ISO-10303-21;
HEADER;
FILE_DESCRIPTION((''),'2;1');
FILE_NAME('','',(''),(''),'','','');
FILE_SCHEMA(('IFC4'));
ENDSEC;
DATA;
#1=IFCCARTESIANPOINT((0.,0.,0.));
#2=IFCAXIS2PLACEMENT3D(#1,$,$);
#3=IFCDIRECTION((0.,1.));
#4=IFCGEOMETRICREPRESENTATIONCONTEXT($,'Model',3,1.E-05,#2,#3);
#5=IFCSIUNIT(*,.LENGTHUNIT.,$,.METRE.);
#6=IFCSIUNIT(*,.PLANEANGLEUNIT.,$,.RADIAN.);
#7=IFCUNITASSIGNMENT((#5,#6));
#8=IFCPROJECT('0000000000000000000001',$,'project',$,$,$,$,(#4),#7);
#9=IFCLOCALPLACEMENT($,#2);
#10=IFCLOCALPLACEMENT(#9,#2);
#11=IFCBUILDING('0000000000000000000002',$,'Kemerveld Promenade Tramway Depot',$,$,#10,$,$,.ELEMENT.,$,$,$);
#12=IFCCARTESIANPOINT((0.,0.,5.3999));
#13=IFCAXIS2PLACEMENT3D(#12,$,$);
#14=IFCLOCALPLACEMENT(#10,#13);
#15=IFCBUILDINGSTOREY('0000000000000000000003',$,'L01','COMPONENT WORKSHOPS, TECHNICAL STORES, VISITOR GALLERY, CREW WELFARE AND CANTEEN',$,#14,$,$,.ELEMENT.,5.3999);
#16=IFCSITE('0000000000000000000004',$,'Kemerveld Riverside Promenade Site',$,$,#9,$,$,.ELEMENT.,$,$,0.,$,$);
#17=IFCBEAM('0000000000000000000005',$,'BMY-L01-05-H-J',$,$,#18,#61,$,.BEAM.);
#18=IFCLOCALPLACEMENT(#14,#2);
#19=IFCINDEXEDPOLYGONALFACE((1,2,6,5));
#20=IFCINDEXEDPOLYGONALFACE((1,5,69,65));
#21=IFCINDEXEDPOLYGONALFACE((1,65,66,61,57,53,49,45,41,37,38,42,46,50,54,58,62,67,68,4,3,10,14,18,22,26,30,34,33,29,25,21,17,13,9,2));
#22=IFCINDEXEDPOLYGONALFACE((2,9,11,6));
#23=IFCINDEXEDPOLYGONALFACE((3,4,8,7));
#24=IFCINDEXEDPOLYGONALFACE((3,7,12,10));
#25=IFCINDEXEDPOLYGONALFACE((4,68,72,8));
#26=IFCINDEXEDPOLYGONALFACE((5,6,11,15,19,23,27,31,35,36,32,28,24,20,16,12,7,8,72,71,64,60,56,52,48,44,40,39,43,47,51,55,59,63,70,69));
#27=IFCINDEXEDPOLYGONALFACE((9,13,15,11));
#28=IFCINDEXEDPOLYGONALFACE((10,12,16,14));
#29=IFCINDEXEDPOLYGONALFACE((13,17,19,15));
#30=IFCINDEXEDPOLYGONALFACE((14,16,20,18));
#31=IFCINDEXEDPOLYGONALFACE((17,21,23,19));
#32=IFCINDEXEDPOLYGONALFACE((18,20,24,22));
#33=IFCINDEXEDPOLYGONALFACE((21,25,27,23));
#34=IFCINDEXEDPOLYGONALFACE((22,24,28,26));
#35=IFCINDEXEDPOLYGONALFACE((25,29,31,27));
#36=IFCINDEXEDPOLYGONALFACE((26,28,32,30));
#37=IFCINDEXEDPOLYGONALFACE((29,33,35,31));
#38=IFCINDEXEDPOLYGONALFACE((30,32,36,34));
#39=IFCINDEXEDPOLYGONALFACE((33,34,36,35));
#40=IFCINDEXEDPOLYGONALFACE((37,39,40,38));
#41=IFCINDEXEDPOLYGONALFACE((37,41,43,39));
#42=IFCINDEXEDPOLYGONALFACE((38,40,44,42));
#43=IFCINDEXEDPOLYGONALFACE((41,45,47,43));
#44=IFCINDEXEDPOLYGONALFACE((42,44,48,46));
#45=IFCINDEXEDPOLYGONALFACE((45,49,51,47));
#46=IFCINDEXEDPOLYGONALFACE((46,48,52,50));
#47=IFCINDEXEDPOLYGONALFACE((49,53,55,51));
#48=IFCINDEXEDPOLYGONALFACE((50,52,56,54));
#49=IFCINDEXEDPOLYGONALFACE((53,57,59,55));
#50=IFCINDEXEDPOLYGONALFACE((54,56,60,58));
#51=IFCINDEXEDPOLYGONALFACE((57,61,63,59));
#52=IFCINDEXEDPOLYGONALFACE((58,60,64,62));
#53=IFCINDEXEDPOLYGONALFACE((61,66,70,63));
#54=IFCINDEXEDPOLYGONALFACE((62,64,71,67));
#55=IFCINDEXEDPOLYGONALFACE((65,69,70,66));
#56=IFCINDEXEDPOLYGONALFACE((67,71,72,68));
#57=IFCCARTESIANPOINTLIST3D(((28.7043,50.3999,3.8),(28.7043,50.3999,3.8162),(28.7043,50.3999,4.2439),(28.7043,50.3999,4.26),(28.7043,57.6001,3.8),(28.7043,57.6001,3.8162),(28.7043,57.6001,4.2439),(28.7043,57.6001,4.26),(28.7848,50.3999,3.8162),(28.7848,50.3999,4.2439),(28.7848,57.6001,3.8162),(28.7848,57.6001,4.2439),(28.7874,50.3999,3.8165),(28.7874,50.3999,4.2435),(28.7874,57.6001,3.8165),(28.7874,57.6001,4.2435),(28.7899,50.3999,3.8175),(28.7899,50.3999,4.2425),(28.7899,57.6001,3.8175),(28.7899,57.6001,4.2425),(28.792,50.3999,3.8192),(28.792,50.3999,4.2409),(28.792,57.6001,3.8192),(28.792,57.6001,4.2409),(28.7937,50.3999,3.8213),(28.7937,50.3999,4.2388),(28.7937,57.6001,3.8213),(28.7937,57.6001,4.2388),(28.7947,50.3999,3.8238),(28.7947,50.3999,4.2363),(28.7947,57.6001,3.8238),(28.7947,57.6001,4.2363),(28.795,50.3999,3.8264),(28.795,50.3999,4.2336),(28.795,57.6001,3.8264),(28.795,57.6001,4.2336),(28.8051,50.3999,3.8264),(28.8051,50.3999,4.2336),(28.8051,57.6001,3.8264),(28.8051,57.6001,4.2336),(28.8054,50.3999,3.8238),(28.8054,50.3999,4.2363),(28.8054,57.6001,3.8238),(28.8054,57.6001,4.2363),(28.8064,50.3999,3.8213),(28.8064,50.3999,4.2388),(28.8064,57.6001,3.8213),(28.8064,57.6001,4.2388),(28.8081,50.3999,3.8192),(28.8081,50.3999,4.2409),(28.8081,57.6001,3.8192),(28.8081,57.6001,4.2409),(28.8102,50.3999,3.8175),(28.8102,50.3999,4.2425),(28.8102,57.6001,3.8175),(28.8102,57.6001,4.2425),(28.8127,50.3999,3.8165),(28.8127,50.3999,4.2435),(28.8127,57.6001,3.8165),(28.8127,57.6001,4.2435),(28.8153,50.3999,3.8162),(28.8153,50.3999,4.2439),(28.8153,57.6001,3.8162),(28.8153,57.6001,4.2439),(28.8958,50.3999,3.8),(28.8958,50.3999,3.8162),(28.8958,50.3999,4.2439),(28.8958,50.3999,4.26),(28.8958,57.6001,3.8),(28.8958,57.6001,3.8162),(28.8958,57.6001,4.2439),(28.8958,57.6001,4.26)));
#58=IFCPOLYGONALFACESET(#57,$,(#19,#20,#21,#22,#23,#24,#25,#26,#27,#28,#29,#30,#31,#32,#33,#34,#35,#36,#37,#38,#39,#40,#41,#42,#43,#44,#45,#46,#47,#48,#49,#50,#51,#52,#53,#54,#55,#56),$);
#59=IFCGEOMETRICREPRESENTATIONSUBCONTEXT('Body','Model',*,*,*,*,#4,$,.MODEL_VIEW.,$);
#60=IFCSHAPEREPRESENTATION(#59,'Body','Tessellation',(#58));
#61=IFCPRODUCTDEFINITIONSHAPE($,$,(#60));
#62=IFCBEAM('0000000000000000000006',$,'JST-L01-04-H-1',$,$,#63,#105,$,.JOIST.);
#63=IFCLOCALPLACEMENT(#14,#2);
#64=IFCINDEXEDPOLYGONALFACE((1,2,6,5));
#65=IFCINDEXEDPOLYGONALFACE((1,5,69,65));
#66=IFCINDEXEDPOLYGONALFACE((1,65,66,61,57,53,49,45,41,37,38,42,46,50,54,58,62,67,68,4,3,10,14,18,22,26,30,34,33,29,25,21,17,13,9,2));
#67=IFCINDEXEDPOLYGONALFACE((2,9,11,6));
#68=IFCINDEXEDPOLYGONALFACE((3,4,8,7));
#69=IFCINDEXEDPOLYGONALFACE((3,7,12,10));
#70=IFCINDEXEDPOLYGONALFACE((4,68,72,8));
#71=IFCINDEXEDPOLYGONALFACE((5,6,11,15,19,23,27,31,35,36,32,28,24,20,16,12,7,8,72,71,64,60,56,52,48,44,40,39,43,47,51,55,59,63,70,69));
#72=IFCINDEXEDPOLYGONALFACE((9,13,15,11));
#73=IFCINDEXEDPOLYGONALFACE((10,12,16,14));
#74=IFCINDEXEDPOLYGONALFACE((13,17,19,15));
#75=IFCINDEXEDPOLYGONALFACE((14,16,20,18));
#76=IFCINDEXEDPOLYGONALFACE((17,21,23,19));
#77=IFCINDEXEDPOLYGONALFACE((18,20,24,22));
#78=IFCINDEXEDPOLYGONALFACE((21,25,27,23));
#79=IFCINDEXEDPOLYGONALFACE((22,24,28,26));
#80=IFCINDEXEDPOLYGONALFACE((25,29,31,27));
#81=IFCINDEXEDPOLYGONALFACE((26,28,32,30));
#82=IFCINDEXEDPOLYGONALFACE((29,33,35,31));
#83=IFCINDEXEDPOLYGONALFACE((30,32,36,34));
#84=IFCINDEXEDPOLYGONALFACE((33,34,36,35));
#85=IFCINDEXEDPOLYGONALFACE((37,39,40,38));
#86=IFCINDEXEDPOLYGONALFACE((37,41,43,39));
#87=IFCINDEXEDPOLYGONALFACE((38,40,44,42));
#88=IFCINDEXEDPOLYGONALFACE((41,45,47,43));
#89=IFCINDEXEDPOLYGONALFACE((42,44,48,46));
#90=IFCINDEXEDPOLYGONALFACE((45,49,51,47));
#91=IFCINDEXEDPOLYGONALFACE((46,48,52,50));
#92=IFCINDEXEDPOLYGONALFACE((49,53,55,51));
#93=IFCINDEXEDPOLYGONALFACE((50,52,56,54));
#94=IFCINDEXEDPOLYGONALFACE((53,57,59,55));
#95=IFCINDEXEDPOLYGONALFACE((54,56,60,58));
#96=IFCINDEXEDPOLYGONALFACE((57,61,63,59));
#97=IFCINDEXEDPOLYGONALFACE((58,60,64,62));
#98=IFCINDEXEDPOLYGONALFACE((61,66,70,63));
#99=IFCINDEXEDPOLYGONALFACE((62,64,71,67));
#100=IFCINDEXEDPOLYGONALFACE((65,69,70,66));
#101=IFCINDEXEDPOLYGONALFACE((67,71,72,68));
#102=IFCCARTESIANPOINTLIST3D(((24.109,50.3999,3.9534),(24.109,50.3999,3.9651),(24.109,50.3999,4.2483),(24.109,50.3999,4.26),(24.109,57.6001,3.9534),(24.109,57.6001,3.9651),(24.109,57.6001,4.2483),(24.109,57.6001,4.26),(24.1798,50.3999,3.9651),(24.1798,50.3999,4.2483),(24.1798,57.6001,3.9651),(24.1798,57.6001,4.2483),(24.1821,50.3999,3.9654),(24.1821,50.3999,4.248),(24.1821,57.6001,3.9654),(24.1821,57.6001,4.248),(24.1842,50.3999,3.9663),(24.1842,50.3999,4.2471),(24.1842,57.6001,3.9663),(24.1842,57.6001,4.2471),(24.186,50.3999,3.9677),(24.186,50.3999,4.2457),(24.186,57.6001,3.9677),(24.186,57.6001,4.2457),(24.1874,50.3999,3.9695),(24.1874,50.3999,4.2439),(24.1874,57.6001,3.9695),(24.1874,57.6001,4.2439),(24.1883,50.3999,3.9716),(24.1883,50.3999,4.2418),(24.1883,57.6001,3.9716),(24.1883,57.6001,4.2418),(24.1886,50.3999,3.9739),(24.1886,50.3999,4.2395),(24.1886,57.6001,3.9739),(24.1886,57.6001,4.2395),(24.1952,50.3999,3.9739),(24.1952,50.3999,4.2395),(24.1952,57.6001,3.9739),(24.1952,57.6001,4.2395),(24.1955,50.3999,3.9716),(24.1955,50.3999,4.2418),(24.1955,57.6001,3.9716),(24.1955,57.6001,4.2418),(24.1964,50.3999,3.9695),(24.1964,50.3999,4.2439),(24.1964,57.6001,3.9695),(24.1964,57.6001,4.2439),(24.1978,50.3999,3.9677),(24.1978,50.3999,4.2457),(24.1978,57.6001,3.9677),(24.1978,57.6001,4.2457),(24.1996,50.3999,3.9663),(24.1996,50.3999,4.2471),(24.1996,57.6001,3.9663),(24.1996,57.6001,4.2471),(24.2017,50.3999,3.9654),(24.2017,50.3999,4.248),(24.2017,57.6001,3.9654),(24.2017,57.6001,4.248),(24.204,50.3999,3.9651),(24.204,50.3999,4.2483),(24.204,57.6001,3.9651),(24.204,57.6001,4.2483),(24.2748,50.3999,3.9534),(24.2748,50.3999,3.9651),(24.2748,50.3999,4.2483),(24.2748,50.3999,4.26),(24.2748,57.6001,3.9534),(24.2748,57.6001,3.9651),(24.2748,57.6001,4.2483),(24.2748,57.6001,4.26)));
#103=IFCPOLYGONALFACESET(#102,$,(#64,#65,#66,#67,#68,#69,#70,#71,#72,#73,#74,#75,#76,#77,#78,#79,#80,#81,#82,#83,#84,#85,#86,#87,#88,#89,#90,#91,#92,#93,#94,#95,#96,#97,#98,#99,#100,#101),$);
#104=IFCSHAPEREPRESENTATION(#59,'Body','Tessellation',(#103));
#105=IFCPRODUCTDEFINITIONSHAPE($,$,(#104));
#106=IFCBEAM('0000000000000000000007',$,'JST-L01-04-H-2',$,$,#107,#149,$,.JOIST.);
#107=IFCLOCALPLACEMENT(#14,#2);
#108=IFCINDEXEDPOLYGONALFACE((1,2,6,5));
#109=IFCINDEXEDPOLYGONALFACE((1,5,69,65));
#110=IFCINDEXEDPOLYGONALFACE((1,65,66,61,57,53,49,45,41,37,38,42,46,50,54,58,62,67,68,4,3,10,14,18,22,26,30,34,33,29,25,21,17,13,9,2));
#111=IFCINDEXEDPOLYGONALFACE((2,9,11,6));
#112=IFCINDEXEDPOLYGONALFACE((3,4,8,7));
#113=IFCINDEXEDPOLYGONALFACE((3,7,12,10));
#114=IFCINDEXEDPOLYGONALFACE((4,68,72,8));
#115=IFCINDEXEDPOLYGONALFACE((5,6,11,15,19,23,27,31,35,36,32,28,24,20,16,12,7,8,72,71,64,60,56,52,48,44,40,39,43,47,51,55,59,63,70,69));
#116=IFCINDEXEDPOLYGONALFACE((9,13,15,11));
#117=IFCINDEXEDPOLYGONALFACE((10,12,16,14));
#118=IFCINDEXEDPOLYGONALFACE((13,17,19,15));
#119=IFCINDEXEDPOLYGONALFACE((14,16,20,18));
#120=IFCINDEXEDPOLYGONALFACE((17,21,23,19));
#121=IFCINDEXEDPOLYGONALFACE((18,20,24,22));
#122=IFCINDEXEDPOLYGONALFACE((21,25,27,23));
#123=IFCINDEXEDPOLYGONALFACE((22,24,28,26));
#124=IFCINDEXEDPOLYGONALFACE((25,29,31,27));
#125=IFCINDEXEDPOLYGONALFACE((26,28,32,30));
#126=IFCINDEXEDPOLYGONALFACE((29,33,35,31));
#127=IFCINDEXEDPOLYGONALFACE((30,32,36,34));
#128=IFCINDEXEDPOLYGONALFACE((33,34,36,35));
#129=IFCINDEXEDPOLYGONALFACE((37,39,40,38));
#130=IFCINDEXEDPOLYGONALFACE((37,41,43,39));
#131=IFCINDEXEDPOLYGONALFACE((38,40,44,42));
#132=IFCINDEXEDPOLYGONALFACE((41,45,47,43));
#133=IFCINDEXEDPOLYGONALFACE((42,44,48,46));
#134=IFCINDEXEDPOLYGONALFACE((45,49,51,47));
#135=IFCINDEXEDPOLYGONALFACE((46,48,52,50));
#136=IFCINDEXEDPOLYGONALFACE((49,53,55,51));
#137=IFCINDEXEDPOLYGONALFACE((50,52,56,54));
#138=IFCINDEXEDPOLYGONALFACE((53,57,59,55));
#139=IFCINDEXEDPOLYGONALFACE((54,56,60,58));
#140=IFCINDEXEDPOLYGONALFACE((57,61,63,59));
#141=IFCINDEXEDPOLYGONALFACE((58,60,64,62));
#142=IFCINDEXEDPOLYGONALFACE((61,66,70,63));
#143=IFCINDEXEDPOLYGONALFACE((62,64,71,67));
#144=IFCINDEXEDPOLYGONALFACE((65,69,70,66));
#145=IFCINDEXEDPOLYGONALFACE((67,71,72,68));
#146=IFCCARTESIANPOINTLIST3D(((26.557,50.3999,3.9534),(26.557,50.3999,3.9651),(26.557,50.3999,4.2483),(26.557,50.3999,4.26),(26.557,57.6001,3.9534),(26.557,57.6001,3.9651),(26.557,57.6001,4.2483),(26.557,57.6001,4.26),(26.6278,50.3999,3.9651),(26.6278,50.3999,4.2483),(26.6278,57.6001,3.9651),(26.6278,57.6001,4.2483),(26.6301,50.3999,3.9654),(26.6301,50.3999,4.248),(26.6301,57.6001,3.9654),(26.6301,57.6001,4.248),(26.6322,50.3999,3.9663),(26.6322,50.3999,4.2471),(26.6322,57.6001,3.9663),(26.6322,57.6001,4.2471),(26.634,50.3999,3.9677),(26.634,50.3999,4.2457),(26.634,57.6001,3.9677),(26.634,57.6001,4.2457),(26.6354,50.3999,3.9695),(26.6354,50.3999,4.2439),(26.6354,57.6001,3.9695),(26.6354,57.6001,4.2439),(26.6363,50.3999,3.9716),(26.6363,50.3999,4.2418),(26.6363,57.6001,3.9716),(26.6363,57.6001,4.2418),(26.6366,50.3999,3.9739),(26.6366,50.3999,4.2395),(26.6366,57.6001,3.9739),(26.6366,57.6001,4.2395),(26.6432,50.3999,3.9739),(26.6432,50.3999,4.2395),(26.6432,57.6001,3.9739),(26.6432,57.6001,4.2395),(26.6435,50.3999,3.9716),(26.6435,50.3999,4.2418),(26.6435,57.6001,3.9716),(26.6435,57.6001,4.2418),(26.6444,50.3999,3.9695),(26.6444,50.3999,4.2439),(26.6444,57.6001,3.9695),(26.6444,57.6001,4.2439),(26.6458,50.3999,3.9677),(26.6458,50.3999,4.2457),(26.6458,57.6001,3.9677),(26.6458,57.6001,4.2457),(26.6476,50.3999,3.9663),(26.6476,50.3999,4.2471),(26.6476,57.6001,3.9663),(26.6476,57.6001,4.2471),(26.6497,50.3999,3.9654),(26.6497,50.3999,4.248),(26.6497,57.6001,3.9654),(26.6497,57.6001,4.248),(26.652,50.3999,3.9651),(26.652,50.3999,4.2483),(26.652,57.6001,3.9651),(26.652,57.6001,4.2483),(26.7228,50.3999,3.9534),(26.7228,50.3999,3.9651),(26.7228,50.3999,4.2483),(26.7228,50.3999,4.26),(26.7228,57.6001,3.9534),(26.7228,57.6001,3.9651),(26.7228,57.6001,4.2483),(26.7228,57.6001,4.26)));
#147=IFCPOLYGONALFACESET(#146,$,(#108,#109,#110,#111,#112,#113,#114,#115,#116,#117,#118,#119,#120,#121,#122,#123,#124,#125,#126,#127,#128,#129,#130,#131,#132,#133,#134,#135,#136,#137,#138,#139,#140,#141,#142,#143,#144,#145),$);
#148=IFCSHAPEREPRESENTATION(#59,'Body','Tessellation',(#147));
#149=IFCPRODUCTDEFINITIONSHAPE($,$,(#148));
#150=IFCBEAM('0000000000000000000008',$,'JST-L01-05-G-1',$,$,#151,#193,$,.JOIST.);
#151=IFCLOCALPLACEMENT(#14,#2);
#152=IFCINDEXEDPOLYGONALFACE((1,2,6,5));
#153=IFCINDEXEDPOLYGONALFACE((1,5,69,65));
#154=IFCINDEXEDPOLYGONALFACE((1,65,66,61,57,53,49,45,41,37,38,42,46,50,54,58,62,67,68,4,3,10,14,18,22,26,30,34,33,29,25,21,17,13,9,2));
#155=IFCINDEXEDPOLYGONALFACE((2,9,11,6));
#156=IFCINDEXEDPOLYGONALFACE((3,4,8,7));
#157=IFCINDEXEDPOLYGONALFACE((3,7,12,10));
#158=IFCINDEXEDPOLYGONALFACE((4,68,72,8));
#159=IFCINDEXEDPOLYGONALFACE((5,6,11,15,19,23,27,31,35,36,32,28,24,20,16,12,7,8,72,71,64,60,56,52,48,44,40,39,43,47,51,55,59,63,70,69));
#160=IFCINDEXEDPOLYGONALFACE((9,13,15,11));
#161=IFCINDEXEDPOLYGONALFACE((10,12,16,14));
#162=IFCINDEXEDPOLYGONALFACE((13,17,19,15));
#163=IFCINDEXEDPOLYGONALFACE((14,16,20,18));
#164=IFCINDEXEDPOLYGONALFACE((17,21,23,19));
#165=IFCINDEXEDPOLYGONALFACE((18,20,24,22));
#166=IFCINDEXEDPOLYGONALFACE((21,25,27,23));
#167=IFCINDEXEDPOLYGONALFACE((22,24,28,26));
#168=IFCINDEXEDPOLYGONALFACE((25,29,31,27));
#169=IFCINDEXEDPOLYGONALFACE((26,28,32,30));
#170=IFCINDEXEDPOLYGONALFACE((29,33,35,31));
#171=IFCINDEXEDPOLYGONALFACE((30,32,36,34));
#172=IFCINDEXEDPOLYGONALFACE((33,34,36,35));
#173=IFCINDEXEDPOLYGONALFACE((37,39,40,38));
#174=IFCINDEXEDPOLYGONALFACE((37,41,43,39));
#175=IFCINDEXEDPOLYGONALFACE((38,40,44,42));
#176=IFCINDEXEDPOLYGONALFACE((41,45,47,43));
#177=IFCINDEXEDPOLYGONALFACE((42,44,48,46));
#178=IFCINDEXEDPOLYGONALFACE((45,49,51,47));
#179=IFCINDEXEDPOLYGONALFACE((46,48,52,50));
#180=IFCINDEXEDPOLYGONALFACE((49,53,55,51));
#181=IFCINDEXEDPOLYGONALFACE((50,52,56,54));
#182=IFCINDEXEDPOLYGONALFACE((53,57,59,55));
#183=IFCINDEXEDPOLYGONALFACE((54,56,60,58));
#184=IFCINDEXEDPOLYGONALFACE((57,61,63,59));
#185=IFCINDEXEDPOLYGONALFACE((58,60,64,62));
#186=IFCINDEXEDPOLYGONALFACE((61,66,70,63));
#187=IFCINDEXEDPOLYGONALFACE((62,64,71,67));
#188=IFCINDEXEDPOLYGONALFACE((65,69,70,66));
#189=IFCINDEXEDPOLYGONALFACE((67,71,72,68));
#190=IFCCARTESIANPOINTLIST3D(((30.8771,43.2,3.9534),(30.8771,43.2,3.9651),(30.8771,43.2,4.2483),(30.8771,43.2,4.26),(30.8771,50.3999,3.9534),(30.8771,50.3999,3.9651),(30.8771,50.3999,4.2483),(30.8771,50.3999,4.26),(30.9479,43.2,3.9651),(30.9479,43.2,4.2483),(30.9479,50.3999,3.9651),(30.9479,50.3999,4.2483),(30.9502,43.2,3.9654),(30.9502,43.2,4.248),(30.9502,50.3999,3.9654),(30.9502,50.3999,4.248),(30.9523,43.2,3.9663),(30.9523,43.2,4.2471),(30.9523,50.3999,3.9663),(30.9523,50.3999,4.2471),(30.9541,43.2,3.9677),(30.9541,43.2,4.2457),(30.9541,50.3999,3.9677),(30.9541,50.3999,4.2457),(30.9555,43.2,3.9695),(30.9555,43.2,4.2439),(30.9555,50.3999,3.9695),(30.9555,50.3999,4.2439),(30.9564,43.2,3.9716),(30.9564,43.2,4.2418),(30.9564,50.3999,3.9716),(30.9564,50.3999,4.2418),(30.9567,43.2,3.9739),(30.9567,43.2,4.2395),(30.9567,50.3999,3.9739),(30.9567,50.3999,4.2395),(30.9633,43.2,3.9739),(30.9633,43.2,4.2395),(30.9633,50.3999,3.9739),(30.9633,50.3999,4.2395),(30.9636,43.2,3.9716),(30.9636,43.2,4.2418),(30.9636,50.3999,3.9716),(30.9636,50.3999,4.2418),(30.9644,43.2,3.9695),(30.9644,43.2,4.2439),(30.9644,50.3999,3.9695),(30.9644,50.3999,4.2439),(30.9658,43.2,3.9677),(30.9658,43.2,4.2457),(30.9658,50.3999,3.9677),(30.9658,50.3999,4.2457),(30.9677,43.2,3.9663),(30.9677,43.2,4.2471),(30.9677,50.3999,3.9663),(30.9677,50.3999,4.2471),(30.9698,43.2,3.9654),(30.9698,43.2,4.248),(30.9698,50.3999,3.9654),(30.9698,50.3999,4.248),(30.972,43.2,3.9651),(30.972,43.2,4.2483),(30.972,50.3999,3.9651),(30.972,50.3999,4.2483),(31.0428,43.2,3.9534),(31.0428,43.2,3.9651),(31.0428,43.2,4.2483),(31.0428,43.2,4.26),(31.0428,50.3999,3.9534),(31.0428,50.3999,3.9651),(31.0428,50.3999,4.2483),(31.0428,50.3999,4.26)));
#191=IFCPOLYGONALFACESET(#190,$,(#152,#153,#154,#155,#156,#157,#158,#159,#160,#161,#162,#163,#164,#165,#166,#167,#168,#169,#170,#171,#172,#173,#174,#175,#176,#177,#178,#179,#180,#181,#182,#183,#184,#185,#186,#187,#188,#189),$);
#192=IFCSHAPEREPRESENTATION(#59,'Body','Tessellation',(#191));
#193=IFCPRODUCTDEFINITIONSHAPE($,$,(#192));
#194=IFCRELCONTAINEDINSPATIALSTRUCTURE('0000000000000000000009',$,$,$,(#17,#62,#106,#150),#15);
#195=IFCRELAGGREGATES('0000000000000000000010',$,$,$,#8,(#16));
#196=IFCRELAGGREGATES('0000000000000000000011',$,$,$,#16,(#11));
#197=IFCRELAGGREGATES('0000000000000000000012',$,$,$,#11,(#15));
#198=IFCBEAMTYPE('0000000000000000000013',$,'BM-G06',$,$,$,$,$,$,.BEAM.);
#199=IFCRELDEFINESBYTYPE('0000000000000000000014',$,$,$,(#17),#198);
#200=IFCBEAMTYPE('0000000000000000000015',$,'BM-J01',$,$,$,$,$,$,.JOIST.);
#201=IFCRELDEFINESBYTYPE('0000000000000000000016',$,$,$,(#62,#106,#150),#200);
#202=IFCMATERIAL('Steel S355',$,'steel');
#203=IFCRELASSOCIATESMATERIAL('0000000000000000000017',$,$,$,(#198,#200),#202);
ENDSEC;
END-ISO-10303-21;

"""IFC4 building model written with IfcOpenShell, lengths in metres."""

from ifc_helpers import new_model, si_unit, direction, frame, origin, origin_2d, place, context, subcontext, project, spatial, i_section, extrude, material, material_profile, profile_set, type_object, element, save


model = new_model("IFC4")

# Units and contexts
model_context = context("Model", 3, precision=1e-05, world=origin(), true_north=direction((0.0, 1.0)))
body_context = subcontext(model_context, "Body", "Model", "MODEL_VIEW")
ifc_project = project(units=[si_unit("LENGTHUNIT", "METRE"), si_unit("PLANEANGLEUNIT", "RADIAN")], contexts=[model_context])

# Site, building, storey
site_placement = place(None, origin())
site = spatial("IfcSite", under=ifc_project, at=site_placement, Name="Kemerveld Riverside Promenade Site", CompositionType="ELEMENT", RefElevation=0.0)
building_placement = place(site_placement, origin())
building = spatial("IfcBuilding", under=site, at=building_placement, Name="Kemerveld Promenade Tramway Depot", CompositionType="ELEMENT")
storey_placement = place(building_placement, frame((0.0, 0.0, 5.3999)))
storey = spatial("IfcBuildingStorey", under=building, at=storey_placement, Name="L01", Description="COMPONENT WORKSHOPS, TECHNICAL STORES, VISITOR GALLERY, CREW WELFARE AND CANTEEN", CompositionType="ELEMENT", Elevation=5.3999)

# Shared definitions
ifc_material_1 = material(Name="Steel S355", Category="steel")

# Beams
ifc_material_profile_1 = material_profile(ifc_material_1, i_section(OverallWidth=0.1914, OverallDepth=0.46, WebThickness=0.01, FlangeThickness=0.0161, FilletRadius=0.0103, at=origin_2d()), Name="457x191x82 UB")
ifc_profile_set_1 = profile_set([ifc_material_profile_1], Name="Steel S355")
beam_type_1 = type_object("IfcBeamType", Name="BM-G06", PredefinedType="BEAM", material=ifc_profile_set_1)
beam_1_placement = place(storey_placement, frame((28.8, 50.3999, 4.03), z_axis=(0.0, 1.0, 0.0), x_axis=(-1.0, 0.0, 0.0)))
element("IfcBeam", 1, at=beam_1_placement, inside=storey, type_object=beam_type_1, Name="BMY-L01-05-H-J", PredefinedType="BEAM", context=body_context, shape_type="SweptSolid", body=[
    extrude(i_section(OverallWidth=0.1914, OverallDepth=0.46, WebThickness=0.01, FlangeThickness=0.0161, FilletRadius=0.0103, at=origin_2d()), origin(), (0.0, 0.0, 1.0), 7.2002),
])
ifc_material_profile_2 = material_profile(ifc_material_1, i_section(OverallWidth=0.1658, OverallDepth=0.3066, WebThickness=0.0066, FlangeThickness=0.0117, FilletRadius=0.0088, at=origin_2d()), Name="305x165x46 UB")
ifc_profile_set_2 = profile_set([ifc_material_profile_2], Name="Steel S355")
beam_type_2 = type_object("IfcBeamType", Name="BM-J01", PredefinedType="JOIST", material=ifc_profile_set_2)
for number, where, z_axis, x_axis, name in (
    (2, (24.1919, 50.3999, 4.1067), (0.0, 1.0, 0.0), (-1.0, 0.0, 0.0), "JST-L01-04-H-1"),
    (3, (26.6399, 50.3999, 4.1067), (0.0, 1.0, 0.0), (-1.0, 0.0, 0.0), "JST-L01-04-H-2"),
):
    element("IfcBeam", number, at=place(storey_placement, frame(where, z_axis=z_axis, x_axis=x_axis)), inside=storey, type_object=beam_type_2, Name=name, PredefinedType="JOIST", context=body_context, shape_type="SweptSolid", body=[
        extrude(i_section(OverallWidth=0.1658, OverallDepth=0.3066, WebThickness=0.0066, FlangeThickness=0.0117, FilletRadius=0.0088, at=origin_2d()), origin(), (0.0, 0.0, 1.0), 7.2002),
    ])
for number, where, z_axis, x_axis, name in (
    (4, (30.96, 43.2, 4.1067), (0.0, 1.0, 0.0), (-1.0, 0.0, 0.0), "JST-L01-05-G-1"),
):
    element("IfcBeam", number, at=place(storey_placement, frame(where, z_axis=z_axis, x_axis=x_axis)), inside=storey, type_object=beam_type_2, Name=name, PredefinedType="JOIST", context=body_context, shape_type="SweptSolid", body=[
        extrude(i_section(OverallWidth=0.1658, OverallDepth=0.3066, WebThickness=0.0066, FlangeThickness=0.0117, FilletRadius=0.0088, at=origin_2d()), origin(), (0.0, 0.0, 1.0), 7.2),
    ])

save(model, "model.ifc")
